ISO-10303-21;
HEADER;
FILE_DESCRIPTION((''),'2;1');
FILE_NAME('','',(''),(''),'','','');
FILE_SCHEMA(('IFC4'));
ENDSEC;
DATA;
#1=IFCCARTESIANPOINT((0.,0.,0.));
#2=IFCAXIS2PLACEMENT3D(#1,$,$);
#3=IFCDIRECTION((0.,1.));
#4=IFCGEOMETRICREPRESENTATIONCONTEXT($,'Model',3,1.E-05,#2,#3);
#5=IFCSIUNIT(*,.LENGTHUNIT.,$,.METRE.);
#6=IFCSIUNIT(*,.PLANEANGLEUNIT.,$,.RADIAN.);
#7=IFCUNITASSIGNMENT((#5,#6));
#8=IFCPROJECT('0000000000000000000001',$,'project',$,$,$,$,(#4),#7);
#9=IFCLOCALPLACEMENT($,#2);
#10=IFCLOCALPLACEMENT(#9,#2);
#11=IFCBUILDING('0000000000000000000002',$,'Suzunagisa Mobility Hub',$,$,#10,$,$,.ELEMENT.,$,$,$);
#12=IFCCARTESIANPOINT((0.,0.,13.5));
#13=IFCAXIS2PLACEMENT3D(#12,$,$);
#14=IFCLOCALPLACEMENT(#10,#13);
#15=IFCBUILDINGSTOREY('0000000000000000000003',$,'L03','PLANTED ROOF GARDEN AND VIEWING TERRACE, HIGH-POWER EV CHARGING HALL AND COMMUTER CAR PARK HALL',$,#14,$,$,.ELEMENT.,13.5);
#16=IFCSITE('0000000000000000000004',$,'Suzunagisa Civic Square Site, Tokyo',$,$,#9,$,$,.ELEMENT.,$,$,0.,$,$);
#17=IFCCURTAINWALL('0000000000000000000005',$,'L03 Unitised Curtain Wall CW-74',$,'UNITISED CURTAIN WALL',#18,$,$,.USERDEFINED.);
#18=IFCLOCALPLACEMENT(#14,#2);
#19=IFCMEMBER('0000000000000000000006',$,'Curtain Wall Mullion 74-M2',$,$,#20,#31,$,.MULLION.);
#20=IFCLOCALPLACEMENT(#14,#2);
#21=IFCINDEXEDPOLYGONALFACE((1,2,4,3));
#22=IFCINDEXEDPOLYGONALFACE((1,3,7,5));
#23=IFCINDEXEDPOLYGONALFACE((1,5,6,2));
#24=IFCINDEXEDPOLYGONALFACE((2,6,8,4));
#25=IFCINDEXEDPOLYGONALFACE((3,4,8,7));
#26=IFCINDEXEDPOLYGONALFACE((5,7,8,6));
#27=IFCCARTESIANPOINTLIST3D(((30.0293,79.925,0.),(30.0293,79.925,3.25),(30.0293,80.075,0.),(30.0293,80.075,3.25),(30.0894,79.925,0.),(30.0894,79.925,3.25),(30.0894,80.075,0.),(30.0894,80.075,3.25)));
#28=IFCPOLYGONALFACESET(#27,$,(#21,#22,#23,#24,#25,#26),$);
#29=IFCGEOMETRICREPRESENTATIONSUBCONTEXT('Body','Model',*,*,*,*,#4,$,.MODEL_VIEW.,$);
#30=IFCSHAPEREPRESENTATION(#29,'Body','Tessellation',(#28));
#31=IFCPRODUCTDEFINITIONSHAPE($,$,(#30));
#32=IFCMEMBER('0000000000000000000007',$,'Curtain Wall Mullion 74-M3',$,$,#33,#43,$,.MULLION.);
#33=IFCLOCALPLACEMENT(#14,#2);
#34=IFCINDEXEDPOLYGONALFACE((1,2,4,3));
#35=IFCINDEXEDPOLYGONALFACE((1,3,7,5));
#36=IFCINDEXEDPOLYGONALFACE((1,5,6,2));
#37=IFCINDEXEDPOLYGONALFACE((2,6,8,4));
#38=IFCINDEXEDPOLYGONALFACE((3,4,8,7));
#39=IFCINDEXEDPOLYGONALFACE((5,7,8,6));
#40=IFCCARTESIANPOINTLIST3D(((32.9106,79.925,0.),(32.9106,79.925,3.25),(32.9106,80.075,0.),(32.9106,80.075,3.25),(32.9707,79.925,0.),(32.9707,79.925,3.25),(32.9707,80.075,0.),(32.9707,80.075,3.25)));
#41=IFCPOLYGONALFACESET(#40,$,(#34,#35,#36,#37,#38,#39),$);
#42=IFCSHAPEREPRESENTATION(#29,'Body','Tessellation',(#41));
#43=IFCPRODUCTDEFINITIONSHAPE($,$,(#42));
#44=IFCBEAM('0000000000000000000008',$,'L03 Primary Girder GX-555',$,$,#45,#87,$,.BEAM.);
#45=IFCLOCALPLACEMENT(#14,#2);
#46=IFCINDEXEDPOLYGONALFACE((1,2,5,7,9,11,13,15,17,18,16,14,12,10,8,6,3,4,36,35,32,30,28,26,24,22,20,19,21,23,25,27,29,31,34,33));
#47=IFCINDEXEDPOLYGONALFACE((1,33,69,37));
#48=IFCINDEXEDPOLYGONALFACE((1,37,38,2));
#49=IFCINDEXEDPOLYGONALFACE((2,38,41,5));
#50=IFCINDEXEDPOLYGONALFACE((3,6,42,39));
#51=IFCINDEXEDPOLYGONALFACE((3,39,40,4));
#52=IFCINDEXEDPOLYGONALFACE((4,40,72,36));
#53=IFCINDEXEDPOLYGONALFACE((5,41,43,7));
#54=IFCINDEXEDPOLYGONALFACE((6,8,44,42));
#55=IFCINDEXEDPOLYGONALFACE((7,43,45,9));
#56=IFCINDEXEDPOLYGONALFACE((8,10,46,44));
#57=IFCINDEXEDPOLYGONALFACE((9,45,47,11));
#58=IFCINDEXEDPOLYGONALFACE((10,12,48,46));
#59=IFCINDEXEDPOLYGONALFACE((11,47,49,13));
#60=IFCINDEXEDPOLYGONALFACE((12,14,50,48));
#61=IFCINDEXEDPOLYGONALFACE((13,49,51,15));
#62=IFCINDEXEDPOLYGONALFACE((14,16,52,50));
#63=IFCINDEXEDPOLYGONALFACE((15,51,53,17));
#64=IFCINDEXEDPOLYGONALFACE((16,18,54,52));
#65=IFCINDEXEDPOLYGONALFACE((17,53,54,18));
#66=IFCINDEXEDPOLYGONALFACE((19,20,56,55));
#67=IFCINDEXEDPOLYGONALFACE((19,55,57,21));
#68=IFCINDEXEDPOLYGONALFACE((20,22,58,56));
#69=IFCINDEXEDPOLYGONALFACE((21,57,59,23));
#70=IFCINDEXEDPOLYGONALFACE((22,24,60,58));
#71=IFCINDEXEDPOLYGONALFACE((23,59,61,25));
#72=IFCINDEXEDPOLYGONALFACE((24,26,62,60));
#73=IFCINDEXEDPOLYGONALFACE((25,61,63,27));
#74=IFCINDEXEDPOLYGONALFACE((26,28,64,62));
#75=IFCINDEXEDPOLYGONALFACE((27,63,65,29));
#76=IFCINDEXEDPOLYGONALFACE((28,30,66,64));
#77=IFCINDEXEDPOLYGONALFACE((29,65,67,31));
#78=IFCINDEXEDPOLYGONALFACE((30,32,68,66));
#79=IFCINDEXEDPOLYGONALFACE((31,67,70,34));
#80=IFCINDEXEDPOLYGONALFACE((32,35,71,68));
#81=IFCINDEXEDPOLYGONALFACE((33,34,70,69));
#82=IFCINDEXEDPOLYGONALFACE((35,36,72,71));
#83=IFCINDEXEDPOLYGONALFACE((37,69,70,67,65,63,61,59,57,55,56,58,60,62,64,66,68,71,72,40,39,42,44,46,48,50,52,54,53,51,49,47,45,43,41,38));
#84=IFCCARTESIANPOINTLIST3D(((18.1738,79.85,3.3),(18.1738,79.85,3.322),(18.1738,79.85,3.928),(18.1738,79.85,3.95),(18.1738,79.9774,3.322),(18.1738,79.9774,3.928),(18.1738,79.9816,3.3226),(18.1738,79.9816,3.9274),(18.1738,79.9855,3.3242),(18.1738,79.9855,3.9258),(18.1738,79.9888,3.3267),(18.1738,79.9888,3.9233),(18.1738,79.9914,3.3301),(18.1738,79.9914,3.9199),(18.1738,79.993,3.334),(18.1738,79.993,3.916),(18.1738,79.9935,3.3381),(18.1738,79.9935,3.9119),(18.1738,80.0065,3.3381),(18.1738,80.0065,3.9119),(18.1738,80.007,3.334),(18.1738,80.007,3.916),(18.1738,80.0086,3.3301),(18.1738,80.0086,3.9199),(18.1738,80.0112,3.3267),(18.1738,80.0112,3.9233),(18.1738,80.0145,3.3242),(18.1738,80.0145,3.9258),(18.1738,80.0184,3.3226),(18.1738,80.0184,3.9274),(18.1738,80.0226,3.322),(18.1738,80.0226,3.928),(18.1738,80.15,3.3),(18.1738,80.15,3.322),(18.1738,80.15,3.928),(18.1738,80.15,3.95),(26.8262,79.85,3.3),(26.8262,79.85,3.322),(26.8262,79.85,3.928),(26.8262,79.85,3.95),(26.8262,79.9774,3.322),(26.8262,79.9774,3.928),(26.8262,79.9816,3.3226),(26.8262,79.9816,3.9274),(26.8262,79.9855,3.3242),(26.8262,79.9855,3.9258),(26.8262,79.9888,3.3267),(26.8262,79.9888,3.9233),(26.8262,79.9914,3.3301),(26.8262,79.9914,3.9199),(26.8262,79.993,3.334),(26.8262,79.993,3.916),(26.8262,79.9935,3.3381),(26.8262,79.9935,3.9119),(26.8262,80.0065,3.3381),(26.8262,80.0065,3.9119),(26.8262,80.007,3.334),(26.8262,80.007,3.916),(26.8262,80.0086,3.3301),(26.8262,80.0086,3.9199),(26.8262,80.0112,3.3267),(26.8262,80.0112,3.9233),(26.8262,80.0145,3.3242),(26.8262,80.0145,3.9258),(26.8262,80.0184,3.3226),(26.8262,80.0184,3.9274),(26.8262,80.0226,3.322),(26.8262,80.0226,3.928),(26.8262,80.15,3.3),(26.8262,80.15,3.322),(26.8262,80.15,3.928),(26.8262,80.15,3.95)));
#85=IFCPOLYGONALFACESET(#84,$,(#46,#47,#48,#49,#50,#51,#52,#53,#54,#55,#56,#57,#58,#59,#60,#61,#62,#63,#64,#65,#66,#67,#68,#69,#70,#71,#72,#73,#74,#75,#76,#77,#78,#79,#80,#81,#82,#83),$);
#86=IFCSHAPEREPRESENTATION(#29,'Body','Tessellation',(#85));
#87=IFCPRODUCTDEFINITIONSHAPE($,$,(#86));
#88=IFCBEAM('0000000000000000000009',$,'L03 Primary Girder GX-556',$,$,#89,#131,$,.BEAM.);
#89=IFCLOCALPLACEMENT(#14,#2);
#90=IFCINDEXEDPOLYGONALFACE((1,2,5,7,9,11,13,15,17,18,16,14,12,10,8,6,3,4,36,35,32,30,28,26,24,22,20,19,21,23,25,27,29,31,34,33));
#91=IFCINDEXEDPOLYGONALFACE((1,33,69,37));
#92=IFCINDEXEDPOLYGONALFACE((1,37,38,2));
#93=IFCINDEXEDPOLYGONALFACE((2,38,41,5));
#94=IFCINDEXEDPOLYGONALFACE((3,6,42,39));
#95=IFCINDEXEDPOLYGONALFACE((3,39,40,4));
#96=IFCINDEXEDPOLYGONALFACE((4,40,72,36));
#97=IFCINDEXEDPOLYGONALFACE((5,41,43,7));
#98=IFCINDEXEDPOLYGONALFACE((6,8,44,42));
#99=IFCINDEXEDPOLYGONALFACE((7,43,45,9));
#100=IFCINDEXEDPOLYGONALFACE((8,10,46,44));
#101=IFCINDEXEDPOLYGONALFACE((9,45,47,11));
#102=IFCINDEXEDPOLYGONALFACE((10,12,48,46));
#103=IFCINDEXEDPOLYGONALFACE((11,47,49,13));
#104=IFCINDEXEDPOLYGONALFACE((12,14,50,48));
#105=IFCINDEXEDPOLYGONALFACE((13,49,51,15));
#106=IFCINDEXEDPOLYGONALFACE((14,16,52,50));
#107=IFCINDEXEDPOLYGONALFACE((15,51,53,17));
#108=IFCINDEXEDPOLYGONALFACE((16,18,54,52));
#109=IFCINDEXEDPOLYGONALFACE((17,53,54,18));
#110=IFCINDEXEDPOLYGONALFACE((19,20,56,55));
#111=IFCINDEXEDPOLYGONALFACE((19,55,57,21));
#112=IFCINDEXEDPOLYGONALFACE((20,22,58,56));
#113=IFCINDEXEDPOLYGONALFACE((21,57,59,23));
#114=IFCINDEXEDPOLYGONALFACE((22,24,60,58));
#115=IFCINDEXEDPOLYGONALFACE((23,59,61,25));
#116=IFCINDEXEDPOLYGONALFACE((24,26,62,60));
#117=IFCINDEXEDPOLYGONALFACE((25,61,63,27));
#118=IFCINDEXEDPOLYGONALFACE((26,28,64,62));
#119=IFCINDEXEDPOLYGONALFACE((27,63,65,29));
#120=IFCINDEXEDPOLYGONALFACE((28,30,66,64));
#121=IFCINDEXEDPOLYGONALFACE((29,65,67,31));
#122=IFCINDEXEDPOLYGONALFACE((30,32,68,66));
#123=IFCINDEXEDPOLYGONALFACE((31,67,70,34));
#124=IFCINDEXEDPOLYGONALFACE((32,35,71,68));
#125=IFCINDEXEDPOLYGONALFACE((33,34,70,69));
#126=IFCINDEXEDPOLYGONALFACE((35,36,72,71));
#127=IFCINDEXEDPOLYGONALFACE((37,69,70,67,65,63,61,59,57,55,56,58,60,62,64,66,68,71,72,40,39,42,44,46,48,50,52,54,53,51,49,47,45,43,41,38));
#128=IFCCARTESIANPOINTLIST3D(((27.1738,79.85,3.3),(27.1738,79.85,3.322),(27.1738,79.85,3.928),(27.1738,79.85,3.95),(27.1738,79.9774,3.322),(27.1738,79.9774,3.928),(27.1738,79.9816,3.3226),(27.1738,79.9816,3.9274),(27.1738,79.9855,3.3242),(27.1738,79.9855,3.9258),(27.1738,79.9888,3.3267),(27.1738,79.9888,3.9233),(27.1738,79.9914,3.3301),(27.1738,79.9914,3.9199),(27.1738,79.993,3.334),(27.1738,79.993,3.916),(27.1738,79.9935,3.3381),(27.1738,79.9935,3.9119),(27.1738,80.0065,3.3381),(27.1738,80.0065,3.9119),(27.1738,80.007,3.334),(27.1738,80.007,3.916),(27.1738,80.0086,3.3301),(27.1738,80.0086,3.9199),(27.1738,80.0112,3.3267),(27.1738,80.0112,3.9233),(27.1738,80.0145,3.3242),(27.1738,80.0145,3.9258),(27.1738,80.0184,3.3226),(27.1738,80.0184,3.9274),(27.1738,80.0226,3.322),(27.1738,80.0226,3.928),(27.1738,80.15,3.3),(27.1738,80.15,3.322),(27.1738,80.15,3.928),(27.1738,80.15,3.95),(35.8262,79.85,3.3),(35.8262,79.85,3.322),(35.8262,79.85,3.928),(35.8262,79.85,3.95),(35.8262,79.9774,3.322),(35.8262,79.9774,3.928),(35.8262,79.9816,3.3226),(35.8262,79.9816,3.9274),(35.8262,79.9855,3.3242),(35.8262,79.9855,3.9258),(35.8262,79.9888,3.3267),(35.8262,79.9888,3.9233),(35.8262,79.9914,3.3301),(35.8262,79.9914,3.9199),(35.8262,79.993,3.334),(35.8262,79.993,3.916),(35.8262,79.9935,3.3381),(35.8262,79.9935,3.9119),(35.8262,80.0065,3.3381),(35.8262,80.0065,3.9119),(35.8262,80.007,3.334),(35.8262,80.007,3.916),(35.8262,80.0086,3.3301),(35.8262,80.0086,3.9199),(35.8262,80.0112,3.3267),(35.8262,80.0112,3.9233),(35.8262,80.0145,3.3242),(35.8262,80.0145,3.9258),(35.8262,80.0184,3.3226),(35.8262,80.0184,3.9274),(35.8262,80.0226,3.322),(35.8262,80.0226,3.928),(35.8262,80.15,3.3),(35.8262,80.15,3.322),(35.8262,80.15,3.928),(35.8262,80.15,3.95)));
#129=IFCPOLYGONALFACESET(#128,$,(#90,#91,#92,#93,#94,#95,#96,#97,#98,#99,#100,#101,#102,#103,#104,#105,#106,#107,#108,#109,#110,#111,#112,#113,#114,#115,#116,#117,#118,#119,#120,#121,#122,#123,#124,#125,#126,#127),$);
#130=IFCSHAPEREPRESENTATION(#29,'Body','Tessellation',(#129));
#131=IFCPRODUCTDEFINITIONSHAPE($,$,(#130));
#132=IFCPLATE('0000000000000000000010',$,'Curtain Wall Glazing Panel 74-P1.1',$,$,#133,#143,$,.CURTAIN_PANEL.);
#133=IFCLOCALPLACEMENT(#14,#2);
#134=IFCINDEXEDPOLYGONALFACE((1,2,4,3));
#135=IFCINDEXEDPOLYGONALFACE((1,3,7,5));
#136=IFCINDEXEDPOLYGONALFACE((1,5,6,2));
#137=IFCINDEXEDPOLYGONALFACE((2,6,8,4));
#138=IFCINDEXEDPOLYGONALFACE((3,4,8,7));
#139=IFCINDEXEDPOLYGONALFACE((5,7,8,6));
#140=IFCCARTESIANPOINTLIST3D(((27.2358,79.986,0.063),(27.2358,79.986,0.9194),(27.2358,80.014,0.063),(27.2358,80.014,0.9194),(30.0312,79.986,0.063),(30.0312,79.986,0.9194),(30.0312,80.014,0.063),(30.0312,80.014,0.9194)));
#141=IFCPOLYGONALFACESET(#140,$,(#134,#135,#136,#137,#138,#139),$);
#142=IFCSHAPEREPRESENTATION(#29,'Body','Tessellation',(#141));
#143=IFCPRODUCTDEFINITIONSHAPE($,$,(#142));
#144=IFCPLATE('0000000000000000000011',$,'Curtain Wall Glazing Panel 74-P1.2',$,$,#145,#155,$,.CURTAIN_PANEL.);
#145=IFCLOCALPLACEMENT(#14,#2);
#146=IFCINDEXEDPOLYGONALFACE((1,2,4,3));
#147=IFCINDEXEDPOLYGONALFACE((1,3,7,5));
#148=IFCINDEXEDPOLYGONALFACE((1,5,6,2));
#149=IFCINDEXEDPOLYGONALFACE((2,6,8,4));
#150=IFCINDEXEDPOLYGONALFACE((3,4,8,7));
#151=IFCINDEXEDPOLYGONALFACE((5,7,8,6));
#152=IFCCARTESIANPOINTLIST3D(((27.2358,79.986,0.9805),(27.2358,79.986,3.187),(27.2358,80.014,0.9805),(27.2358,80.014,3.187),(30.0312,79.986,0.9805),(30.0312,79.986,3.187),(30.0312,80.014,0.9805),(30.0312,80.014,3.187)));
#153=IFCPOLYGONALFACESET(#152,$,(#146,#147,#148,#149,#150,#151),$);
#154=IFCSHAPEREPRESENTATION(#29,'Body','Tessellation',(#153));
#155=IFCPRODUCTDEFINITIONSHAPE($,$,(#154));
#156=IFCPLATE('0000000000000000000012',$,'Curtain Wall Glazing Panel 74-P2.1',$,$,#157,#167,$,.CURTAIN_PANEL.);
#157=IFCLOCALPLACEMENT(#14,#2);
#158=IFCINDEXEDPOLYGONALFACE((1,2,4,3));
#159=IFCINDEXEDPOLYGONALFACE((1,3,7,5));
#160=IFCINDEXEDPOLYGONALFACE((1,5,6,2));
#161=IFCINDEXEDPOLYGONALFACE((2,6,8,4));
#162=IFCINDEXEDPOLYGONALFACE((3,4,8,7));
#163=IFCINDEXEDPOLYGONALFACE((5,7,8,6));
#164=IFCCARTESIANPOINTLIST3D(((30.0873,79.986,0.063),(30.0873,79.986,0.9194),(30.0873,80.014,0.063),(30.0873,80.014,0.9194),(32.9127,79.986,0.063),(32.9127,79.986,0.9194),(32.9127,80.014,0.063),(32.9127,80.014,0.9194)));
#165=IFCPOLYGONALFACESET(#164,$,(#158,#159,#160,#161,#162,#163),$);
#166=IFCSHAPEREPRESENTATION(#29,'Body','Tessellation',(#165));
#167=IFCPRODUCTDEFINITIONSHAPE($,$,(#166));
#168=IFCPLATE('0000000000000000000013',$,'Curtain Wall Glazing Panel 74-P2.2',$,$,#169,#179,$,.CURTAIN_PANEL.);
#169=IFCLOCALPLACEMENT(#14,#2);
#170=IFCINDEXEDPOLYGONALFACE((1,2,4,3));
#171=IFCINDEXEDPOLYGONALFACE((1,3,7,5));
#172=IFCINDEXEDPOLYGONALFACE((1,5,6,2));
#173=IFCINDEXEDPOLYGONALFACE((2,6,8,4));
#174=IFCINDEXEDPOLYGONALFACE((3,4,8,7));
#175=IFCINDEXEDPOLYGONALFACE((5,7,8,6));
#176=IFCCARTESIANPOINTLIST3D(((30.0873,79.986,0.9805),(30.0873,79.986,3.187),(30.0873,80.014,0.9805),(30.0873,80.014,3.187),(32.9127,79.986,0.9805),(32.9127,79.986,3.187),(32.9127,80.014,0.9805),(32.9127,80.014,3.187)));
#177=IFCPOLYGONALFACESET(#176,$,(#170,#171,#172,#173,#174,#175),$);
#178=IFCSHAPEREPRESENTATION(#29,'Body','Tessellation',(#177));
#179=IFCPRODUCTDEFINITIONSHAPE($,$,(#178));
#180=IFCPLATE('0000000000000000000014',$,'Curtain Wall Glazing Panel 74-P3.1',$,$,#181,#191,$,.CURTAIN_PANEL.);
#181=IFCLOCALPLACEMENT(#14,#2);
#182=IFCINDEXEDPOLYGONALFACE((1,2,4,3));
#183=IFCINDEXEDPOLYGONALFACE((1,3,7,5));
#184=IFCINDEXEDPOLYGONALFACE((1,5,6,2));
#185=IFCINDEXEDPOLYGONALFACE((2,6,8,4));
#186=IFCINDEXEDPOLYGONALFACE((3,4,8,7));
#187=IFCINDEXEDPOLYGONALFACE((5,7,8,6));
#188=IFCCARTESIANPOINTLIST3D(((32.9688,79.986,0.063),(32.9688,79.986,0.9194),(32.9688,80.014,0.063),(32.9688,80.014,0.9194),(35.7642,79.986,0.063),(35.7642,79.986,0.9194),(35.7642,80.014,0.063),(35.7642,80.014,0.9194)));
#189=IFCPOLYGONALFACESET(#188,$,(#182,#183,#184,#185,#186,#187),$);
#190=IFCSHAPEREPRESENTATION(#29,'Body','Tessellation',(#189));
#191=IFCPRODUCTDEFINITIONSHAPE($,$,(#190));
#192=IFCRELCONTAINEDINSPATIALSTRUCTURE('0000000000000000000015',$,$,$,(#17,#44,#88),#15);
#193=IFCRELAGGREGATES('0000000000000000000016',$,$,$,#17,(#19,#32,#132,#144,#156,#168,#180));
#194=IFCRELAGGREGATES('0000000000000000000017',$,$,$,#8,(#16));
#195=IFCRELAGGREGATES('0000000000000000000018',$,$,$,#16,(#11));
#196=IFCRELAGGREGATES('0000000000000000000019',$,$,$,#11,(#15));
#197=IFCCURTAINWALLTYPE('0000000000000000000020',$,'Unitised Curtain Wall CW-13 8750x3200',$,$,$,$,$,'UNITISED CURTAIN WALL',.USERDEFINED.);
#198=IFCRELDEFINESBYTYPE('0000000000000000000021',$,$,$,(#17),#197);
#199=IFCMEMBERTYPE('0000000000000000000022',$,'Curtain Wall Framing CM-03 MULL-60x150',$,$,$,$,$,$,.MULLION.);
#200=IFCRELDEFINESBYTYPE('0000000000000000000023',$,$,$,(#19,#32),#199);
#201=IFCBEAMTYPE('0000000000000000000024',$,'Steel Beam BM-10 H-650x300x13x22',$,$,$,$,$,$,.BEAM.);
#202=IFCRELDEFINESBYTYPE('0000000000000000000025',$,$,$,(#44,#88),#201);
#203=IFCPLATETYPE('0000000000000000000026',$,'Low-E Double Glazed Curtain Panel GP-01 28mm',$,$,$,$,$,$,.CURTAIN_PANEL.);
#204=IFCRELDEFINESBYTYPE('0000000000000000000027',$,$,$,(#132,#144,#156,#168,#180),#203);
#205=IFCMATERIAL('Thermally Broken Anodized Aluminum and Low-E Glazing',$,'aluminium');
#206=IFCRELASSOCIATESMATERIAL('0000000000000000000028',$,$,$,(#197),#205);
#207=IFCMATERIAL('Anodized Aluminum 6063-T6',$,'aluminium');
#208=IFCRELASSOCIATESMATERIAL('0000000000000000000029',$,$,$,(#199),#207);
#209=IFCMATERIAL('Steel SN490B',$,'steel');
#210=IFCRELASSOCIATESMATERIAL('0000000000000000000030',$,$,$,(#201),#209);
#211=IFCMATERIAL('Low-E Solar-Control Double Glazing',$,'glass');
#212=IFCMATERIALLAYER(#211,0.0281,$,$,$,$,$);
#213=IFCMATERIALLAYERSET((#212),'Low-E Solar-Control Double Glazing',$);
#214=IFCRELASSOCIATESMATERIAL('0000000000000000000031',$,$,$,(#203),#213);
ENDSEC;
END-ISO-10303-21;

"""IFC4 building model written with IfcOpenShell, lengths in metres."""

from ifc_helpers import new_model, si_unit, direction, frame, origin, origin_2d, place, context, subcontext, project, spatial, rectangle, i_section, extrude, material, layer, layer_set, material_profile, profile_set, type_object, element, aggregate, save


model = new_model("IFC4")

# Units and contexts
model_context = context("Model", 3, precision=1e-05, world=origin(), true_north=direction((0.0, 1.0)))
body_context = subcontext(model_context, "Body", "Model", "MODEL_VIEW")
ifc_project = project(units=[si_unit("LENGTHUNIT", "METRE"), si_unit("PLANEANGLEUNIT", "RADIAN")], contexts=[model_context])

# Site, building, storey
site_placement = place(None, origin())
site = spatial("IfcSite", under=ifc_project, at=site_placement, Name="Suzunagisa Civic Square Site, Tokyo", CompositionType="ELEMENT", RefElevation=0.0)
building_placement = place(site_placement, origin())
building = spatial("IfcBuilding", under=site, at=building_placement, Name="Suzunagisa Mobility Hub", CompositionType="ELEMENT")
storey_placement = place(building_placement, frame((0.0, 0.0, 13.5)))
storey = spatial("IfcBuildingStorey", under=building, at=storey_placement, Name="L03", Description="PLANTED ROOF GARDEN AND VIEWING TERRACE, HIGH-POWER EV CHARGING HALL AND COMMUTER CAR PARK HALL", CompositionType="ELEMENT", Elevation=13.5)

# Shared definitions
ifc_material_1 = material(Name="Steel SN490B", Category="steel")

# Curtain wall, members
ifc_material_2 = material(Name="Thermally Broken Anodized Aluminum and Low-E Glazing", Category="aluminium")
curtain_wall_type = type_object("IfcCurtainWallType", Name="Unitised Curtain Wall CW-13 8750x3200", ElementType="UNITISED CURTAIN WALL", PredefinedType="USERDEFINED", material=ifc_material_2)
curtain_wall_placement = place(storey_placement, origin())
curtain_wall = element("IfcCurtainWall", 1, at=curtain_wall_placement, inside=storey, type_object=curtain_wall_type, Name="L03 Unitised Curtain Wall CW-74", ObjectType="UNITISED CURTAIN WALL", PredefinedType="USERDEFINED")
ifc_material_3 = material(Name="Anodized Aluminum 6063-T6", Category="aluminium")
ifc_material_profile_1 = material_profile(ifc_material_3, rectangle(XDim=0.0601, YDim=0.1499, at=origin_2d()), Name="MULL-60x150")
ifc_profile_set_1 = profile_set([ifc_material_profile_1], Name="Anodized Aluminum 6063-T6")
member_type_1 = type_object("IfcMemberType", Name="Curtain Wall Framing CM-03 MULL-60x150", PredefinedType="MULLION", material=ifc_profile_set_1)
member_1_placement = place(storey_placement, frame((30.0593, 80.0, 0.0), z_axis=(0.0, 0.0, 1.0), x_axis=(1.0, 0.0, 0.0)))
member_1 = element("IfcMember", 2, at=member_1_placement, type_object=member_type_1, Name="Curtain Wall Mullion 74-M2", PredefinedType="MULLION", context=body_context, shape_type="SweptSolid", body=[
    extrude(rectangle(XDim=0.0601, YDim=0.1499, at=origin_2d()), origin(), (0.0, 0.0, 1.0), 3.25),
])
member_2_placement = place(storey_placement, frame((32.9407, 80.0, 0.0), z_axis=(0.0, 0.0, 1.0), x_axis=(1.0, 0.0, 0.0)))
member_2 = element("IfcMember", 3, at=member_2_placement, type_object=member_type_1, Name="Curtain Wall Mullion 74-M3", PredefinedType="MULLION", context=body_context, shape_type="SweptSolid", body=[
    extrude(rectangle(XDim=0.0601, YDim=0.1499, at=origin_2d()), origin(), (0.0, 0.0, 1.0), 3.25),
])

# Beams
ifc_material_profile_2 = material_profile(ifc_material_1, i_section(OverallWidth=0.3, OverallDepth=0.6499, WebThickness=0.0129, FlangeThickness=0.022, FilletRadius=0.0161, at=origin_2d()), Name="H-650x300x13x22")
ifc_profile_set_2 = profile_set([ifc_material_profile_2], Name="Steel SN490B")
beam_type = type_object("IfcBeamType", Name="Steel Beam BM-10 H-650x300x13x22", PredefinedType="BEAM", material=ifc_profile_set_2)
for number, where, z_axis, x_axis, name in (
    (4, (18.1738, 80.0, 3.625), (1.0, 0.0, 0.0), (0.0, 1.0, 0.0), "L03 Primary Girder GX-555"),
    (5, (27.1738, 80.0, 3.625), (1.0, 0.0, 0.0), (0.0, 1.0, 0.0), "L03 Primary Girder GX-556"),
):
    element("IfcBeam", number, at=place(storey_placement, frame(where, z_axis=z_axis, x_axis=x_axis)), inside=storey, type_object=beam_type, Name=name, PredefinedType="BEAM", context=body_context, shape_type="SweptSolid", body=[
        extrude(i_section(OverallWidth=0.3, OverallDepth=0.6499, WebThickness=0.0129, FlangeThickness=0.022, FilletRadius=0.0161, at=origin_2d()), origin(), (0.0, 0.0, 1.0), 8.6523),
    ])

# Plates
ifc_material_4 = material(Name="Low-E Solar-Control Double Glazing", Category="glass")
ifc_layer_1 = layer(ifc_material_4, 0.0281)
ifc_layer_set_1 = layer_set([ifc_layer_1], Name="Low-E Solar-Control Double Glazing")
plate_type = type_object("IfcPlateType", Name="Low-E Double Glazed Curtain Panel GP-01 28mm", PredefinedType="CURTAIN_PANEL", material=ifc_layer_set_1)
plate_1_placement = place(storey_placement, frame((28.6335, 80.0, 0.063), z_axis=(0.0, 0.0, 1.0), x_axis=(1.0, 0.0, 0.0)))
plate_1 = element("IfcPlate", 6, at=plate_1_placement, type_object=plate_type, Name="Curtain Wall Glazing Panel 74-P1.1", PredefinedType="CURTAIN_PANEL", context=body_context, shape_type="SweptSolid", body=[
    extrude(rectangle(XDim=2.7954, YDim=0.0281, at=origin_2d()), origin(), (0.0, 0.0, 1.0), 0.8564),
])
plate_2_placement = place(storey_placement, frame((28.6335, 80.0, 0.9805), z_axis=(0.0, 0.0, 1.0), x_axis=(1.0, 0.0, 0.0)))
plate_2 = element("IfcPlate", 7, at=plate_2_placement, type_object=plate_type, Name="Curtain Wall Glazing Panel 74-P1.2", PredefinedType="CURTAIN_PANEL", context=body_context, shape_type="SweptSolid", body=[
    extrude(rectangle(XDim=2.7954, YDim=0.0281, at=origin_2d()), origin(), (0.0, 0.0, 1.0), 2.2065),
])
plate_3_placement = place(storey_placement, frame((31.5, 80.0, 0.063), z_axis=(0.0, 0.0, 1.0), x_axis=(1.0, 0.0, 0.0)))
plate_3 = element("IfcPlate", 8, at=plate_3_placement, type_object=plate_type, Name="Curtain Wall Glazing Panel 74-P2.1", PredefinedType="CURTAIN_PANEL", context=body_context, shape_type="SweptSolid", body=[
    extrude(rectangle(XDim=2.8254, YDim=0.0281, at=origin_2d()), origin(), (0.0, 0.0, 1.0), 0.8564),
])
plate_4_placement = place(storey_placement, frame((31.5, 80.0, 0.9805), z_axis=(0.0, 0.0, 1.0), x_axis=(1.0, 0.0, 0.0)))
plate_4 = element("IfcPlate", 9, at=plate_4_placement, type_object=plate_type, Name="Curtain Wall Glazing Panel 74-P2.2", PredefinedType="CURTAIN_PANEL", context=body_context, shape_type="SweptSolid", body=[
    extrude(rectangle(XDim=2.8254, YDim=0.0281, at=origin_2d()), origin(), (0.0, 0.0, 1.0), 2.2065),
])
plate_5_placement = place(storey_placement, frame((34.3665, 80.0, 0.063), z_axis=(0.0, 0.0, 1.0), x_axis=(1.0, 0.0, 0.0)))
plate_5 = element("IfcPlate", 10, at=plate_5_placement, type_object=plate_type, Name="Curtain Wall Glazing Panel 74-P3.1", PredefinedType="CURTAIN_PANEL", context=body_context, shape_type="SweptSolid", body=[
    extrude(rectangle(XDim=2.7954, YDim=0.0281, at=origin_2d()), origin(), (0.0, 0.0, 1.0), 0.8564),
])
aggregate(curtain_wall, [member_1, member_2, plate_1, plate_2, plate_3, plate_4, plate_5])

save(model, "model.ifc")
